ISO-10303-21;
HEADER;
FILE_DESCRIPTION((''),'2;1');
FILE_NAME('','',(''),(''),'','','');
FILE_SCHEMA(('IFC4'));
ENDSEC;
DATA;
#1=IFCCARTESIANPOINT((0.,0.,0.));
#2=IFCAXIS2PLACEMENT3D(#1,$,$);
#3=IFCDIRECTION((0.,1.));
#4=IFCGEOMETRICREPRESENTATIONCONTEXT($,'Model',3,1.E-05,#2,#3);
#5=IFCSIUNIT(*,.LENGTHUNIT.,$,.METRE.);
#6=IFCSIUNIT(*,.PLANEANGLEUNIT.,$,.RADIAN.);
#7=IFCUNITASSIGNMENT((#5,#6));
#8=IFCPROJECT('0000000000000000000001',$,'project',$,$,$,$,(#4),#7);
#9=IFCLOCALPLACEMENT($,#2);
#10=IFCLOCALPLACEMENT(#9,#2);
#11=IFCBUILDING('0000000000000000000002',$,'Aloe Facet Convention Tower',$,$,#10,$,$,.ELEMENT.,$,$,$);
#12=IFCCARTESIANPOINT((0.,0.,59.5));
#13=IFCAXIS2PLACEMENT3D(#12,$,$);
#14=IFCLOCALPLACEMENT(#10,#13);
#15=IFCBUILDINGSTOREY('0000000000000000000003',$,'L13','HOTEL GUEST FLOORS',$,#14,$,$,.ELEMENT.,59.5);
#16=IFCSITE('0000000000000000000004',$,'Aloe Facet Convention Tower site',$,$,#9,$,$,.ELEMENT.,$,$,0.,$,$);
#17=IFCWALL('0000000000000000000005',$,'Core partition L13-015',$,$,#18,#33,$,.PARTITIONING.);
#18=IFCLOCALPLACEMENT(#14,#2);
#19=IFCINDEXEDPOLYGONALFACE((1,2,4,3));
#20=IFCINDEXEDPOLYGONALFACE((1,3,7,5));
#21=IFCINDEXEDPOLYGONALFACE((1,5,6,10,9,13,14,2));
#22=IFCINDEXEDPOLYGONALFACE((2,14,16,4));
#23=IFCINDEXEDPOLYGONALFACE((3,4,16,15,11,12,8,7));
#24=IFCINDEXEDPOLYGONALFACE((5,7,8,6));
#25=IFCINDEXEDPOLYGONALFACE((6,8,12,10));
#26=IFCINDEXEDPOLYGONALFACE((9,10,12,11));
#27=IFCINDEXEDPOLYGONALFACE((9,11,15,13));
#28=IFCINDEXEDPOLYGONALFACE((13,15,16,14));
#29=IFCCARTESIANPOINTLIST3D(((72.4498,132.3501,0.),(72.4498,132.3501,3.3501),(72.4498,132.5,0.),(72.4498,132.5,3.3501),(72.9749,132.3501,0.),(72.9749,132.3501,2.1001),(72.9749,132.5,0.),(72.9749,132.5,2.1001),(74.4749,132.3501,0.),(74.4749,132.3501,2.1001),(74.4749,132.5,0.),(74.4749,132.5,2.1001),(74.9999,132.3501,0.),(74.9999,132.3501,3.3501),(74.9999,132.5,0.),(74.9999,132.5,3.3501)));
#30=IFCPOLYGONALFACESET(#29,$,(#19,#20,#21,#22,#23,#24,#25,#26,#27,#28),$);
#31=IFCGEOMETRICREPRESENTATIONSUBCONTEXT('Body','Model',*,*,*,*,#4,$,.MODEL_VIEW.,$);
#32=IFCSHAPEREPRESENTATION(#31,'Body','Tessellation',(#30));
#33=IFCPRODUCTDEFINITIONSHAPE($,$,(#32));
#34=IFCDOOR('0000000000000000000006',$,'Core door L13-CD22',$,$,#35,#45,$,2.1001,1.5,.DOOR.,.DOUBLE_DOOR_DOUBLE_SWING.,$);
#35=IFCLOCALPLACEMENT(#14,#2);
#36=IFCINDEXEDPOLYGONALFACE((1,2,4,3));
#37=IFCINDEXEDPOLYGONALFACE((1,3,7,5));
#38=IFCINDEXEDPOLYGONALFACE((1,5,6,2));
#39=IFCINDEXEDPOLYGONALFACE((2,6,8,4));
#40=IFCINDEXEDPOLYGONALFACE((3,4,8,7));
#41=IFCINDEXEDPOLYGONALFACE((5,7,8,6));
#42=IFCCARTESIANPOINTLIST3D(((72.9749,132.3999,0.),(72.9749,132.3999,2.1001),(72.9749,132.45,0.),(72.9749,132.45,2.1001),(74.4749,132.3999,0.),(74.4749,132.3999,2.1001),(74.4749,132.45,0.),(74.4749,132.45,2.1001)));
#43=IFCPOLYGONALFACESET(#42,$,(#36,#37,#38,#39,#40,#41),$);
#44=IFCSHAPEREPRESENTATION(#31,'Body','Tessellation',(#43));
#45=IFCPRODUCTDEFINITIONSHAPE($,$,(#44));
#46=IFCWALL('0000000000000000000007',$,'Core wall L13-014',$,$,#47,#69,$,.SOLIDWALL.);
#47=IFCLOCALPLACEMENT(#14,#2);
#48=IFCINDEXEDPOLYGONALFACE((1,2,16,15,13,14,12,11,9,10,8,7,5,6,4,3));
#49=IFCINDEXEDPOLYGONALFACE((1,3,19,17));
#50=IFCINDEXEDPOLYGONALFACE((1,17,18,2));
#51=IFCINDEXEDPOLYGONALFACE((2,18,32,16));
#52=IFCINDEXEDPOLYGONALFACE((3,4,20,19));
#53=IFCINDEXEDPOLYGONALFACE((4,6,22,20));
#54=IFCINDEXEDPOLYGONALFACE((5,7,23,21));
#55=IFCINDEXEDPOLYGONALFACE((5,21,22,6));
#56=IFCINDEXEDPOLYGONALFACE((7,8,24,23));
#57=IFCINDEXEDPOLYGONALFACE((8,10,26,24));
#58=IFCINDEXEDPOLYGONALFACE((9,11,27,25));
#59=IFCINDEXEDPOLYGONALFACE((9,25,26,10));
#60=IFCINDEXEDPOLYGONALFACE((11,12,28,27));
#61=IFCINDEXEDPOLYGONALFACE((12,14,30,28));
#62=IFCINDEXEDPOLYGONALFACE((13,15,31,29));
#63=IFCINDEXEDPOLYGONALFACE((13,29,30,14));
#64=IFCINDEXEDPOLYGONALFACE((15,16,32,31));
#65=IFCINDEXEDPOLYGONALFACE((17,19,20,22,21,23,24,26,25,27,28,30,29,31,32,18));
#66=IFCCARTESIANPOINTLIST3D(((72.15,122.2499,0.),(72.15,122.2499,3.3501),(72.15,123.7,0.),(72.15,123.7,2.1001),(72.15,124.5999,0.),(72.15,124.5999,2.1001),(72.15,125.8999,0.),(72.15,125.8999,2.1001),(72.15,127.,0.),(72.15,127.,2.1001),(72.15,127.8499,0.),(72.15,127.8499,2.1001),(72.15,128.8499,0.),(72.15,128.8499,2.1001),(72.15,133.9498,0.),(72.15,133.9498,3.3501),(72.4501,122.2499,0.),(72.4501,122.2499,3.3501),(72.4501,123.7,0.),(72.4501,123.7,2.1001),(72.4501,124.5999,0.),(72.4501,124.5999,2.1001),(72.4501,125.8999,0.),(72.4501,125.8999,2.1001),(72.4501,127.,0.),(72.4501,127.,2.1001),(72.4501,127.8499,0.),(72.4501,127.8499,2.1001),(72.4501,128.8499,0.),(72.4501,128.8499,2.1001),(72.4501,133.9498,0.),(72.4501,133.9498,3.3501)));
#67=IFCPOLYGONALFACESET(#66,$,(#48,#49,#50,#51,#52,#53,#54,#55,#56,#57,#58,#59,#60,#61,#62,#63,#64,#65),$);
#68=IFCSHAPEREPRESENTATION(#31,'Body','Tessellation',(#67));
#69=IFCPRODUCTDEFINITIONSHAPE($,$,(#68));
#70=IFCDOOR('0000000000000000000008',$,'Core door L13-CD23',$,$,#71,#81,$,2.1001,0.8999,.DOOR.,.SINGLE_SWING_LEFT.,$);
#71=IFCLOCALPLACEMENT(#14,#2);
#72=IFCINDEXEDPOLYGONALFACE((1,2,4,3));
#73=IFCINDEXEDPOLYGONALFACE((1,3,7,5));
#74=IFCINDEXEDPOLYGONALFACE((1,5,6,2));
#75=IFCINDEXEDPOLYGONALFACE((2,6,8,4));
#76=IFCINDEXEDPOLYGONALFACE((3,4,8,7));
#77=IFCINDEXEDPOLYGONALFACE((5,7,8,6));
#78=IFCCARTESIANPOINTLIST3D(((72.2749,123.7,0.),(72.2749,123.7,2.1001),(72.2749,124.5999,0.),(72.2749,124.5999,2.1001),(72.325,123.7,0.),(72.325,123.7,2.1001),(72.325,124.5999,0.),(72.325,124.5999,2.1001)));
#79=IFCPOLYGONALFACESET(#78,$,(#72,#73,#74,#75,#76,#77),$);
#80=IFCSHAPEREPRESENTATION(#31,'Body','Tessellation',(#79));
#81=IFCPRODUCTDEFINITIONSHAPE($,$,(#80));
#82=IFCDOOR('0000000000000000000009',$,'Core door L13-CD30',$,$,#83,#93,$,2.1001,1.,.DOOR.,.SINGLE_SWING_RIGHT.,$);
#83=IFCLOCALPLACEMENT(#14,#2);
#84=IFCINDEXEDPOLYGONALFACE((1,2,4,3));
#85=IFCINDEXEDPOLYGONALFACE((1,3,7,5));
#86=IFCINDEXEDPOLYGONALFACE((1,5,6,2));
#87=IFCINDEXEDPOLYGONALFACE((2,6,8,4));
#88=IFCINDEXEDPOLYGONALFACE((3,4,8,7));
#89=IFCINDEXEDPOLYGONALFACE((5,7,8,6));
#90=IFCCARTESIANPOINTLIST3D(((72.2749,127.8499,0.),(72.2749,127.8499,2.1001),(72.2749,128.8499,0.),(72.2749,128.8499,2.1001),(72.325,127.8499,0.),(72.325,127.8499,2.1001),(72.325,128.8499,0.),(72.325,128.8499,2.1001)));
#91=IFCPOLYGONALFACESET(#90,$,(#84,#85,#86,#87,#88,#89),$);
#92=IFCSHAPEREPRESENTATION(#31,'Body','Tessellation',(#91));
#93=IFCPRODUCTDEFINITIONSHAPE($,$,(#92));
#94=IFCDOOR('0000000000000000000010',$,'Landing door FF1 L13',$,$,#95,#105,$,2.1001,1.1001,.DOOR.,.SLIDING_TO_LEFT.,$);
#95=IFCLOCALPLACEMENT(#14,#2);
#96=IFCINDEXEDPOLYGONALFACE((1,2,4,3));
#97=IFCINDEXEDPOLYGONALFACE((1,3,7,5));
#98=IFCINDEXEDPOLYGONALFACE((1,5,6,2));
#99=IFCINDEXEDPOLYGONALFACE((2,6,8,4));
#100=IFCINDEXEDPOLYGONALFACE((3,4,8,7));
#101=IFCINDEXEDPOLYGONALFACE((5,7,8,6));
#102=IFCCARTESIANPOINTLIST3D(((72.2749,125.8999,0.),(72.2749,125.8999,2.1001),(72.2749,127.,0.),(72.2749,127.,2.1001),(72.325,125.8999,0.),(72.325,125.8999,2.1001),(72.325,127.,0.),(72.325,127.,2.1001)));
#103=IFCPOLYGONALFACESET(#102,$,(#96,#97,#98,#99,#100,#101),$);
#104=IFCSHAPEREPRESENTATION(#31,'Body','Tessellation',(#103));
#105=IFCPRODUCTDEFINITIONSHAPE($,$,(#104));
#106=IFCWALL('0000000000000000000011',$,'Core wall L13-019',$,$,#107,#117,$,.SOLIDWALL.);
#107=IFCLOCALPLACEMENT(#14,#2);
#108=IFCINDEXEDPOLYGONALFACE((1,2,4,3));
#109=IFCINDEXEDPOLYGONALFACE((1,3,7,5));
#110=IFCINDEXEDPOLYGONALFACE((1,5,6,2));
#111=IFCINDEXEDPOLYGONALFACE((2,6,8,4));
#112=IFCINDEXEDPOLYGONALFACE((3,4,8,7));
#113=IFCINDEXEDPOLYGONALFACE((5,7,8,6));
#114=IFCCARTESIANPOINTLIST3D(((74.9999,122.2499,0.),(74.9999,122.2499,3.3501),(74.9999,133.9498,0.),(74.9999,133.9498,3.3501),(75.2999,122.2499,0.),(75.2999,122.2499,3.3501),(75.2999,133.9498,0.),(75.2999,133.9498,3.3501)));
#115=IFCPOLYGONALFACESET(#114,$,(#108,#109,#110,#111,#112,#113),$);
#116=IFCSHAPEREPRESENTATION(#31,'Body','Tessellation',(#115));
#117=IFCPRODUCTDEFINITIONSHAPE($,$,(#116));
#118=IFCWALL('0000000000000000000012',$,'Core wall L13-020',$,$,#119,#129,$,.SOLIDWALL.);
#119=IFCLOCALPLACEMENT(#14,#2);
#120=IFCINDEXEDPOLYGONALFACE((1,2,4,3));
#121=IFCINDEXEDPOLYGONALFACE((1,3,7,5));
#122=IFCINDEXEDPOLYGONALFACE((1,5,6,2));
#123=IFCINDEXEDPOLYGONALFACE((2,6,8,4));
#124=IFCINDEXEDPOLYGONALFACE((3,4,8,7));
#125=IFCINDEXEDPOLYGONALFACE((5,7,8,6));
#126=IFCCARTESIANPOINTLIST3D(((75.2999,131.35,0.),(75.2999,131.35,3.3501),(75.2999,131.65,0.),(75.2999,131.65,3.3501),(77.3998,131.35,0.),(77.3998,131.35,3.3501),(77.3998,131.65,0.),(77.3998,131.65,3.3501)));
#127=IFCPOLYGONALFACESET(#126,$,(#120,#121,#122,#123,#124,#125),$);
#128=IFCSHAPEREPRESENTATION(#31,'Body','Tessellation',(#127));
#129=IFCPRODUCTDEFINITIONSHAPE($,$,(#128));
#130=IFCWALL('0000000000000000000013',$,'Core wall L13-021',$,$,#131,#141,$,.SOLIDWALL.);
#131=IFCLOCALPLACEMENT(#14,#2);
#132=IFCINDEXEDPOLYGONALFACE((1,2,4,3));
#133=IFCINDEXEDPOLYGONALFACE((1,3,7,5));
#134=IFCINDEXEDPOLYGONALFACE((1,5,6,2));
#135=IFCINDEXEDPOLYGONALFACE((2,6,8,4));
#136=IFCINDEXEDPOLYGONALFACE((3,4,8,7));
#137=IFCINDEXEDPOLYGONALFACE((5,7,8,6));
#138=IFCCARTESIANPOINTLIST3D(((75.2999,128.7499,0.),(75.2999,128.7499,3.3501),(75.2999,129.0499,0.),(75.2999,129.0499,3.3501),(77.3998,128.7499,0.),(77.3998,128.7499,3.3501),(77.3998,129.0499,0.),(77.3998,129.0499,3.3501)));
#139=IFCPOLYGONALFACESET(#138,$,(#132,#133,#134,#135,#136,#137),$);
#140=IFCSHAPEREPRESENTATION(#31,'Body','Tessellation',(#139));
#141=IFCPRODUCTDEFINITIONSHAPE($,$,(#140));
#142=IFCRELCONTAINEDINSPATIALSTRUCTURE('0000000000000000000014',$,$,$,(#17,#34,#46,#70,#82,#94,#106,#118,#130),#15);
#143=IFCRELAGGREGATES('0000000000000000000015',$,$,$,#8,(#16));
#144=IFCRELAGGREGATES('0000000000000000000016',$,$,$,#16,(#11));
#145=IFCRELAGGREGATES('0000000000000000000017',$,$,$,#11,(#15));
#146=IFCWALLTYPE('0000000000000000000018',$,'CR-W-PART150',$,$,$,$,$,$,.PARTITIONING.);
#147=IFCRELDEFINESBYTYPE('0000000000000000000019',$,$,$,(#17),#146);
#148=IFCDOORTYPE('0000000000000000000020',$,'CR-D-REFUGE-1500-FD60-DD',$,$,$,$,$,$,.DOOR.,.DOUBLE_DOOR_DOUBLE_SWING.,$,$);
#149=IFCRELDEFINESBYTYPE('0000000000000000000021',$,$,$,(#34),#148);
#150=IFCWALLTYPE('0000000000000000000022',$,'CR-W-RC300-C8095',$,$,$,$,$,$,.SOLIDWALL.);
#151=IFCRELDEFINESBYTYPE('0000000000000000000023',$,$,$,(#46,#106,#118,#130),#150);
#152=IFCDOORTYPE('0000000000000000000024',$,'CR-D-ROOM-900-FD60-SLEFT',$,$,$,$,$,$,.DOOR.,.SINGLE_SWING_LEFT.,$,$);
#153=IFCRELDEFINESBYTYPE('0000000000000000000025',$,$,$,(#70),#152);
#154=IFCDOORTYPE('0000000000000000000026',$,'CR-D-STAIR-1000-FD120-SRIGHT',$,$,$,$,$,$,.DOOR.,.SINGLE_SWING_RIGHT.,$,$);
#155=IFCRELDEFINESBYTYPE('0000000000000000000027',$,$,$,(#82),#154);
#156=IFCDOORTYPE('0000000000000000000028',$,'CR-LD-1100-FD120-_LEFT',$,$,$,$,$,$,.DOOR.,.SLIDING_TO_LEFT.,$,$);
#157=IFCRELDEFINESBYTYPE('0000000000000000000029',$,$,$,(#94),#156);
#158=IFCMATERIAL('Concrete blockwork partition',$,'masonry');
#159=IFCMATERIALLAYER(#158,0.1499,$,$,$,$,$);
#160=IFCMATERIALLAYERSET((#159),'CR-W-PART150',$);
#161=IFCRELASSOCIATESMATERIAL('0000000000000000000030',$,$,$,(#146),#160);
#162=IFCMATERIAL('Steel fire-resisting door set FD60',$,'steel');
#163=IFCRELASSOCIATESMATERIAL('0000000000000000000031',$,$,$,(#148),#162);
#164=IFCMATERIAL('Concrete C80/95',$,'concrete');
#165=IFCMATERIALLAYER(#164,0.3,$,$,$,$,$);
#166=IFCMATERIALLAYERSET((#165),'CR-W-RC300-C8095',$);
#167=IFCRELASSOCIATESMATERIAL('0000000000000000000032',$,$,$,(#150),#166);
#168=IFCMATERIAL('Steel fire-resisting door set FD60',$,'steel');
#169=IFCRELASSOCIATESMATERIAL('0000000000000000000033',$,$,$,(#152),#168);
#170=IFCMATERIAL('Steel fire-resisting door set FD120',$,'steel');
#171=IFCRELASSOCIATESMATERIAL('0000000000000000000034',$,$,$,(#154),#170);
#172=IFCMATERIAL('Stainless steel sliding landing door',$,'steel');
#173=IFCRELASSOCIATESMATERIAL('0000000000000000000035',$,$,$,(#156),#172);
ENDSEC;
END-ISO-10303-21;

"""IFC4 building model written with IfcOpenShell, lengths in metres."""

from ifc_helpers import new_model, si_unit, direction, frame, frame_2d, origin, place, context, subcontext, project, spatial, rectangle, extrude, material, layer, layer_set, type_object, element, fill, save


model = new_model("IFC4")

# Units and contexts
model_context = context("Model", 3, precision=1e-05, world=origin(), true_north=direction((0.0, 1.0)))
body_context = subcontext(model_context, "Body", "Model", "MODEL_VIEW")
ifc_project = project(units=[si_unit("LENGTHUNIT", "METRE"), si_unit("PLANEANGLEUNIT", "RADIAN")], contexts=[model_context])

# Site, building, storey
site_placement = place(None, origin())
site = spatial("IfcSite", under=ifc_project, at=site_placement, Name="Aloe Facet Convention Tower site", CompositionType="ELEMENT", RefElevation=0.0)
building_placement = place(site_placement, origin())
building = spatial("IfcBuilding", under=site, at=building_placement, Name="Aloe Facet Convention Tower", CompositionType="ELEMENT")
storey_placement = place(building_placement, frame((0.0, 0.0, 59.5)))
storey = spatial("IfcBuildingStorey", under=building, at=storey_placement, Name="L13", Description="HOTEL GUEST FLOORS", CompositionType="ELEMENT", Elevation=59.5)

# Wall, opening, door
ifc_material_1 = material(Name="Concrete blockwork partition", Category="masonry")
ifc_layer_1 = layer(ifc_material_1, 0.1499)
ifc_layer_set_1 = layer_set([ifc_layer_1], Name="CR-W-PART150")
wall_type_1 = type_object("IfcWallType", Name="CR-W-PART150", PredefinedType="PARTITIONING", material=ifc_layer_set_1)
wall_1_placement = place(storey_placement, frame((72.45, 132.425, 0.0), z_axis=(0.0, 0.0, 1.0), x_axis=(1.0, 0.0, 0.0)))
wall_1 = element("IfcWall", 1, at=wall_1_placement, inside=storey, type_object=wall_type_1, Name="Core partition L13-015", PredefinedType="PARTITIONING", context=body_context, shape_type="SweptSolid", body=[
    extrude(rectangle(XDim=2.55, YDim=0.1499, at=frame_2d((1.2749, 0.0))), origin(), (0.0, 0.0, 1.0), 3.3501),
])
opening_1_placement = place(wall_1_placement, frame((0.5249, 0.0, 0.0)))
opening_1 = element("IfcOpeningElement", 2, at=opening_1_placement, cuts=wall_1, PredefinedType="OPENING", context=body_context, shape_type="SweptSolid", body=[
    extrude(rectangle(XDim=1.5, YDim=2.1001, at=frame_2d((0.75, 1.05))), frame((0.0, 0.085, 0.0), z_axis=(0.0, -1.0, 0.0), x_axis=(1.0, 0.0, 0.0)), (0.0, 0.0, 1.0), 0.1699),
])
ifc_material_2 = material(Name="Steel fire-resisting door set FD60", Category="steel")
door_type_1 = type_object("IfcDoorType", Name="CR-D-REFUGE-1500-FD60-DD", OperationType="DOUBLE_DOOR_DOUBLE_SWING", PredefinedType="DOOR", material=ifc_material_2)
door_1_placement = place(opening_1_placement, origin())
door_1 = element("IfcDoor", 3, at=door_1_placement, inside=storey, type_object=door_type_1, Name="Core door L13-CD22", OperationType="DOUBLE_DOOR_DOUBLE_SWING", OverallHeight=2.1001, OverallWidth=1.5, PredefinedType="DOOR", context=body_context, shape_type="SweptSolid", body=[
    extrude(rectangle(XDim=1.5, YDim=2.1001, at=frame_2d((0.75, 1.05))), frame((0.0, 0.0249, 0.0), z_axis=(0.0, -1.0, 0.0), x_axis=(1.0, 0.0, 0.0)), (0.0, 0.0, 1.0), 0.05),
])
fill(opening_1, door_1)

# Wall, openings, doors
ifc_material_3 = material(Name="Concrete C80/95", Category="concrete")
ifc_layer_2 = layer(ifc_material_3, 0.3)
ifc_layer_set_2 = layer_set([ifc_layer_2], Name="CR-W-RC300-C8095")
wall_type_2 = type_object("IfcWallType", Name="CR-W-RC300-C8095", PredefinedType="SOLIDWALL", material=ifc_layer_set_2)
wall_2_placement = place(storey_placement, frame((72.3, 133.95, 0.0), z_axis=(0.0, 0.0, 1.0), x_axis=(0.0, -1.0, 0.0)))
wall_2 = element("IfcWall", 4, at=wall_2_placement, inside=storey, type_object=wall_type_2, Name="Core wall L13-014", PredefinedType="SOLIDWALL", context=body_context, shape_type="SweptSolid", body=[
    extrude(rectangle(XDim=11.7, YDim=0.3, at=frame_2d((5.8501, 0.0))), origin(), (0.0, 0.0, 1.0), 3.3501),
])
opening_2_placement = place(wall_2_placement, frame((6.95, 0.0, 0.0)))
opening_2 = element("IfcOpeningElement", 5, at=opening_2_placement, cuts=wall_2, PredefinedType="OPENING", context=body_context, shape_type="SweptSolid", body=[
    extrude(rectangle(XDim=1.1001, YDim=2.1001, at=frame_2d((0.55, 1.05))), frame((0.0, 0.1602, 0.0), z_axis=(0.0, -1.0, 0.0), x_axis=(1.0, 0.0, 0.0)), (0.0, 0.0, 1.0), 0.3201),
])
opening_3_placement = place(wall_2_placement, frame((9.3501, 0.0, 0.0)))
opening_3 = element("IfcOpeningElement", 6, at=opening_3_placement, cuts=wall_2, PredefinedType="OPENING", context=body_context, shape_type="SweptSolid", body=[
    extrude(rectangle(XDim=0.8999, YDim=2.1001, at=frame_2d((0.45, 1.05))), frame((0.0, 0.1602, 0.0), z_axis=(0.0, -1.0, 0.0), x_axis=(1.0, 0.0, 0.0)), (0.0, 0.0, 1.0), 0.3201),
])
opening_4_placement = place(wall_2_placement, frame((5.1001, 0.0, 0.0)))
opening_4 = element("IfcOpeningElement", 7, at=opening_4_placement, cuts=wall_2, PredefinedType="OPENING", context=body_context, shape_type="SweptSolid", body=[
    extrude(rectangle(XDim=1.0, YDim=2.1001, at=frame_2d((0.5, 1.05))), frame((0.0, 0.1602, 0.0), z_axis=(0.0, -1.0, 0.0), x_axis=(1.0, 0.0, 0.0)), (0.0, 0.0, 1.0), 0.3201),
])
ifc_material_4 = material(Name="Steel fire-resisting door set FD60", Category="steel")
door_type_2 = type_object("IfcDoorType", Name="CR-D-ROOM-900-FD60-SLEFT", OperationType="SINGLE_SWING_LEFT", PredefinedType="DOOR", material=ifc_material_4)
door_2_placement = place(opening_3_placement, origin())
door_2 = element("IfcDoor", 8, at=door_2_placement, inside=storey, type_object=door_type_2, Name="Core door L13-CD23", OperationType="SINGLE_SWING_LEFT", OverallHeight=2.1001, OverallWidth=0.8999, PredefinedType="DOOR", context=body_context, shape_type="SweptSolid", body=[
    extrude(rectangle(XDim=0.8999, YDim=2.1001, at=frame_2d((0.45, 1.05))), frame((0.0, 0.0249, 0.0), z_axis=(0.0, -1.0, 0.0), x_axis=(1.0, 0.0, 0.0)), (0.0, 0.0, 1.0), 0.05),
])
fill(opening_3, door_2)
ifc_material_5 = material(Name="Steel fire-resisting door set FD120", Category="steel")
door_type_3 = type_object("IfcDoorType", Name="CR-D-STAIR-1000-FD120-SRIGHT", OperationType="SINGLE_SWING_RIGHT", PredefinedType="DOOR", material=ifc_material_5)
door_3_placement = place(opening_4_placement, origin())
door_3 = element("IfcDoor", 9, at=door_3_placement, inside=storey, type_object=door_type_3, Name="Core door L13-CD30", OperationType="SINGLE_SWING_RIGHT", OverallHeight=2.1001, OverallWidth=1.0, PredefinedType="DOOR", context=body_context, shape_type="SweptSolid", body=[
    extrude(rectangle(XDim=1.0, YDim=2.1001, at=frame_2d((0.5, 1.05))), frame((0.0, 0.0249, 0.0), z_axis=(0.0, -1.0, 0.0), x_axis=(1.0, 0.0, 0.0)), (0.0, 0.0, 1.0), 0.05),
])
fill(opening_4, door_3)
ifc_material_6 = material(Name="Stainless steel sliding landing door", Category="steel")
door_type_4 = type_object("IfcDoorType", Name="CR-LD-1100-FD120-_LEFT", OperationType="SLIDING_TO_LEFT", PredefinedType="DOOR", material=ifc_material_6)
door_4_placement = place(opening_2_placement, origin())
door_4 = element("IfcDoor", 10, at=door_4_placement, inside=storey, type_object=door_type_4, Name="Landing door FF1 L13", OperationType="SLIDING_TO_LEFT", OverallHeight=2.1001, OverallWidth=1.1001, PredefinedType="DOOR", context=body_context, shape_type="SweptSolid", body=[
    extrude(rectangle(XDim=1.1001, YDim=2.1001, at=frame_2d((0.55, 1.05))), frame((0.0, 0.0249, 0.0), z_axis=(0.0, -1.0, 0.0), x_axis=(1.0, 0.0, 0.0)), (0.0, 0.0, 1.0), 0.05),
])
fill(opening_2, door_4)

# Walls
wall_3_placement = place(storey_placement, frame((75.1499, 133.95, 0.0), z_axis=(0.0, 0.0, 1.0), x_axis=(0.0, -1.0, 0.0)))
element("IfcWall", 11, at=wall_3_placement, inside=storey, type_object=wall_type_2, Name="Core wall L13-019", PredefinedType="SOLIDWALL", context=body_context, shape_type="SweptSolid", body=[
    extrude(rectangle(XDim=11.7, YDim=0.3, at=frame_2d((5.8501, 0.0))), origin(), (0.0, 0.0, 1.0), 3.3501),
])
for number, where, z_axis, x_axis, name in (
    (12, (75.3, 131.5, 0.0), (0.0, 0.0, 1.0), (1.0, 0.0, 0.0), "Core wall L13-020"),
    (13, (75.3, 128.8999, 0.0), (0.0, 0.0, 1.0), (1.0, 0.0, 0.0), "Core wall L13-021"),
):
    element("IfcWall", number, at=place(storey_placement, frame(where, z_axis=z_axis, x_axis=x_axis)), inside=storey, type_object=wall_type_2, Name=name, PredefinedType="SOLIDWALL", context=body_context, shape_type="SweptSolid", body=[
        extrude(rectangle(XDim=2.0999, YDim=0.3, at=frame_2d((1.0498, 0.0))), origin(), (0.0, 0.0, 1.0), 3.3501),
    ])

save(model, "model.ifc")
